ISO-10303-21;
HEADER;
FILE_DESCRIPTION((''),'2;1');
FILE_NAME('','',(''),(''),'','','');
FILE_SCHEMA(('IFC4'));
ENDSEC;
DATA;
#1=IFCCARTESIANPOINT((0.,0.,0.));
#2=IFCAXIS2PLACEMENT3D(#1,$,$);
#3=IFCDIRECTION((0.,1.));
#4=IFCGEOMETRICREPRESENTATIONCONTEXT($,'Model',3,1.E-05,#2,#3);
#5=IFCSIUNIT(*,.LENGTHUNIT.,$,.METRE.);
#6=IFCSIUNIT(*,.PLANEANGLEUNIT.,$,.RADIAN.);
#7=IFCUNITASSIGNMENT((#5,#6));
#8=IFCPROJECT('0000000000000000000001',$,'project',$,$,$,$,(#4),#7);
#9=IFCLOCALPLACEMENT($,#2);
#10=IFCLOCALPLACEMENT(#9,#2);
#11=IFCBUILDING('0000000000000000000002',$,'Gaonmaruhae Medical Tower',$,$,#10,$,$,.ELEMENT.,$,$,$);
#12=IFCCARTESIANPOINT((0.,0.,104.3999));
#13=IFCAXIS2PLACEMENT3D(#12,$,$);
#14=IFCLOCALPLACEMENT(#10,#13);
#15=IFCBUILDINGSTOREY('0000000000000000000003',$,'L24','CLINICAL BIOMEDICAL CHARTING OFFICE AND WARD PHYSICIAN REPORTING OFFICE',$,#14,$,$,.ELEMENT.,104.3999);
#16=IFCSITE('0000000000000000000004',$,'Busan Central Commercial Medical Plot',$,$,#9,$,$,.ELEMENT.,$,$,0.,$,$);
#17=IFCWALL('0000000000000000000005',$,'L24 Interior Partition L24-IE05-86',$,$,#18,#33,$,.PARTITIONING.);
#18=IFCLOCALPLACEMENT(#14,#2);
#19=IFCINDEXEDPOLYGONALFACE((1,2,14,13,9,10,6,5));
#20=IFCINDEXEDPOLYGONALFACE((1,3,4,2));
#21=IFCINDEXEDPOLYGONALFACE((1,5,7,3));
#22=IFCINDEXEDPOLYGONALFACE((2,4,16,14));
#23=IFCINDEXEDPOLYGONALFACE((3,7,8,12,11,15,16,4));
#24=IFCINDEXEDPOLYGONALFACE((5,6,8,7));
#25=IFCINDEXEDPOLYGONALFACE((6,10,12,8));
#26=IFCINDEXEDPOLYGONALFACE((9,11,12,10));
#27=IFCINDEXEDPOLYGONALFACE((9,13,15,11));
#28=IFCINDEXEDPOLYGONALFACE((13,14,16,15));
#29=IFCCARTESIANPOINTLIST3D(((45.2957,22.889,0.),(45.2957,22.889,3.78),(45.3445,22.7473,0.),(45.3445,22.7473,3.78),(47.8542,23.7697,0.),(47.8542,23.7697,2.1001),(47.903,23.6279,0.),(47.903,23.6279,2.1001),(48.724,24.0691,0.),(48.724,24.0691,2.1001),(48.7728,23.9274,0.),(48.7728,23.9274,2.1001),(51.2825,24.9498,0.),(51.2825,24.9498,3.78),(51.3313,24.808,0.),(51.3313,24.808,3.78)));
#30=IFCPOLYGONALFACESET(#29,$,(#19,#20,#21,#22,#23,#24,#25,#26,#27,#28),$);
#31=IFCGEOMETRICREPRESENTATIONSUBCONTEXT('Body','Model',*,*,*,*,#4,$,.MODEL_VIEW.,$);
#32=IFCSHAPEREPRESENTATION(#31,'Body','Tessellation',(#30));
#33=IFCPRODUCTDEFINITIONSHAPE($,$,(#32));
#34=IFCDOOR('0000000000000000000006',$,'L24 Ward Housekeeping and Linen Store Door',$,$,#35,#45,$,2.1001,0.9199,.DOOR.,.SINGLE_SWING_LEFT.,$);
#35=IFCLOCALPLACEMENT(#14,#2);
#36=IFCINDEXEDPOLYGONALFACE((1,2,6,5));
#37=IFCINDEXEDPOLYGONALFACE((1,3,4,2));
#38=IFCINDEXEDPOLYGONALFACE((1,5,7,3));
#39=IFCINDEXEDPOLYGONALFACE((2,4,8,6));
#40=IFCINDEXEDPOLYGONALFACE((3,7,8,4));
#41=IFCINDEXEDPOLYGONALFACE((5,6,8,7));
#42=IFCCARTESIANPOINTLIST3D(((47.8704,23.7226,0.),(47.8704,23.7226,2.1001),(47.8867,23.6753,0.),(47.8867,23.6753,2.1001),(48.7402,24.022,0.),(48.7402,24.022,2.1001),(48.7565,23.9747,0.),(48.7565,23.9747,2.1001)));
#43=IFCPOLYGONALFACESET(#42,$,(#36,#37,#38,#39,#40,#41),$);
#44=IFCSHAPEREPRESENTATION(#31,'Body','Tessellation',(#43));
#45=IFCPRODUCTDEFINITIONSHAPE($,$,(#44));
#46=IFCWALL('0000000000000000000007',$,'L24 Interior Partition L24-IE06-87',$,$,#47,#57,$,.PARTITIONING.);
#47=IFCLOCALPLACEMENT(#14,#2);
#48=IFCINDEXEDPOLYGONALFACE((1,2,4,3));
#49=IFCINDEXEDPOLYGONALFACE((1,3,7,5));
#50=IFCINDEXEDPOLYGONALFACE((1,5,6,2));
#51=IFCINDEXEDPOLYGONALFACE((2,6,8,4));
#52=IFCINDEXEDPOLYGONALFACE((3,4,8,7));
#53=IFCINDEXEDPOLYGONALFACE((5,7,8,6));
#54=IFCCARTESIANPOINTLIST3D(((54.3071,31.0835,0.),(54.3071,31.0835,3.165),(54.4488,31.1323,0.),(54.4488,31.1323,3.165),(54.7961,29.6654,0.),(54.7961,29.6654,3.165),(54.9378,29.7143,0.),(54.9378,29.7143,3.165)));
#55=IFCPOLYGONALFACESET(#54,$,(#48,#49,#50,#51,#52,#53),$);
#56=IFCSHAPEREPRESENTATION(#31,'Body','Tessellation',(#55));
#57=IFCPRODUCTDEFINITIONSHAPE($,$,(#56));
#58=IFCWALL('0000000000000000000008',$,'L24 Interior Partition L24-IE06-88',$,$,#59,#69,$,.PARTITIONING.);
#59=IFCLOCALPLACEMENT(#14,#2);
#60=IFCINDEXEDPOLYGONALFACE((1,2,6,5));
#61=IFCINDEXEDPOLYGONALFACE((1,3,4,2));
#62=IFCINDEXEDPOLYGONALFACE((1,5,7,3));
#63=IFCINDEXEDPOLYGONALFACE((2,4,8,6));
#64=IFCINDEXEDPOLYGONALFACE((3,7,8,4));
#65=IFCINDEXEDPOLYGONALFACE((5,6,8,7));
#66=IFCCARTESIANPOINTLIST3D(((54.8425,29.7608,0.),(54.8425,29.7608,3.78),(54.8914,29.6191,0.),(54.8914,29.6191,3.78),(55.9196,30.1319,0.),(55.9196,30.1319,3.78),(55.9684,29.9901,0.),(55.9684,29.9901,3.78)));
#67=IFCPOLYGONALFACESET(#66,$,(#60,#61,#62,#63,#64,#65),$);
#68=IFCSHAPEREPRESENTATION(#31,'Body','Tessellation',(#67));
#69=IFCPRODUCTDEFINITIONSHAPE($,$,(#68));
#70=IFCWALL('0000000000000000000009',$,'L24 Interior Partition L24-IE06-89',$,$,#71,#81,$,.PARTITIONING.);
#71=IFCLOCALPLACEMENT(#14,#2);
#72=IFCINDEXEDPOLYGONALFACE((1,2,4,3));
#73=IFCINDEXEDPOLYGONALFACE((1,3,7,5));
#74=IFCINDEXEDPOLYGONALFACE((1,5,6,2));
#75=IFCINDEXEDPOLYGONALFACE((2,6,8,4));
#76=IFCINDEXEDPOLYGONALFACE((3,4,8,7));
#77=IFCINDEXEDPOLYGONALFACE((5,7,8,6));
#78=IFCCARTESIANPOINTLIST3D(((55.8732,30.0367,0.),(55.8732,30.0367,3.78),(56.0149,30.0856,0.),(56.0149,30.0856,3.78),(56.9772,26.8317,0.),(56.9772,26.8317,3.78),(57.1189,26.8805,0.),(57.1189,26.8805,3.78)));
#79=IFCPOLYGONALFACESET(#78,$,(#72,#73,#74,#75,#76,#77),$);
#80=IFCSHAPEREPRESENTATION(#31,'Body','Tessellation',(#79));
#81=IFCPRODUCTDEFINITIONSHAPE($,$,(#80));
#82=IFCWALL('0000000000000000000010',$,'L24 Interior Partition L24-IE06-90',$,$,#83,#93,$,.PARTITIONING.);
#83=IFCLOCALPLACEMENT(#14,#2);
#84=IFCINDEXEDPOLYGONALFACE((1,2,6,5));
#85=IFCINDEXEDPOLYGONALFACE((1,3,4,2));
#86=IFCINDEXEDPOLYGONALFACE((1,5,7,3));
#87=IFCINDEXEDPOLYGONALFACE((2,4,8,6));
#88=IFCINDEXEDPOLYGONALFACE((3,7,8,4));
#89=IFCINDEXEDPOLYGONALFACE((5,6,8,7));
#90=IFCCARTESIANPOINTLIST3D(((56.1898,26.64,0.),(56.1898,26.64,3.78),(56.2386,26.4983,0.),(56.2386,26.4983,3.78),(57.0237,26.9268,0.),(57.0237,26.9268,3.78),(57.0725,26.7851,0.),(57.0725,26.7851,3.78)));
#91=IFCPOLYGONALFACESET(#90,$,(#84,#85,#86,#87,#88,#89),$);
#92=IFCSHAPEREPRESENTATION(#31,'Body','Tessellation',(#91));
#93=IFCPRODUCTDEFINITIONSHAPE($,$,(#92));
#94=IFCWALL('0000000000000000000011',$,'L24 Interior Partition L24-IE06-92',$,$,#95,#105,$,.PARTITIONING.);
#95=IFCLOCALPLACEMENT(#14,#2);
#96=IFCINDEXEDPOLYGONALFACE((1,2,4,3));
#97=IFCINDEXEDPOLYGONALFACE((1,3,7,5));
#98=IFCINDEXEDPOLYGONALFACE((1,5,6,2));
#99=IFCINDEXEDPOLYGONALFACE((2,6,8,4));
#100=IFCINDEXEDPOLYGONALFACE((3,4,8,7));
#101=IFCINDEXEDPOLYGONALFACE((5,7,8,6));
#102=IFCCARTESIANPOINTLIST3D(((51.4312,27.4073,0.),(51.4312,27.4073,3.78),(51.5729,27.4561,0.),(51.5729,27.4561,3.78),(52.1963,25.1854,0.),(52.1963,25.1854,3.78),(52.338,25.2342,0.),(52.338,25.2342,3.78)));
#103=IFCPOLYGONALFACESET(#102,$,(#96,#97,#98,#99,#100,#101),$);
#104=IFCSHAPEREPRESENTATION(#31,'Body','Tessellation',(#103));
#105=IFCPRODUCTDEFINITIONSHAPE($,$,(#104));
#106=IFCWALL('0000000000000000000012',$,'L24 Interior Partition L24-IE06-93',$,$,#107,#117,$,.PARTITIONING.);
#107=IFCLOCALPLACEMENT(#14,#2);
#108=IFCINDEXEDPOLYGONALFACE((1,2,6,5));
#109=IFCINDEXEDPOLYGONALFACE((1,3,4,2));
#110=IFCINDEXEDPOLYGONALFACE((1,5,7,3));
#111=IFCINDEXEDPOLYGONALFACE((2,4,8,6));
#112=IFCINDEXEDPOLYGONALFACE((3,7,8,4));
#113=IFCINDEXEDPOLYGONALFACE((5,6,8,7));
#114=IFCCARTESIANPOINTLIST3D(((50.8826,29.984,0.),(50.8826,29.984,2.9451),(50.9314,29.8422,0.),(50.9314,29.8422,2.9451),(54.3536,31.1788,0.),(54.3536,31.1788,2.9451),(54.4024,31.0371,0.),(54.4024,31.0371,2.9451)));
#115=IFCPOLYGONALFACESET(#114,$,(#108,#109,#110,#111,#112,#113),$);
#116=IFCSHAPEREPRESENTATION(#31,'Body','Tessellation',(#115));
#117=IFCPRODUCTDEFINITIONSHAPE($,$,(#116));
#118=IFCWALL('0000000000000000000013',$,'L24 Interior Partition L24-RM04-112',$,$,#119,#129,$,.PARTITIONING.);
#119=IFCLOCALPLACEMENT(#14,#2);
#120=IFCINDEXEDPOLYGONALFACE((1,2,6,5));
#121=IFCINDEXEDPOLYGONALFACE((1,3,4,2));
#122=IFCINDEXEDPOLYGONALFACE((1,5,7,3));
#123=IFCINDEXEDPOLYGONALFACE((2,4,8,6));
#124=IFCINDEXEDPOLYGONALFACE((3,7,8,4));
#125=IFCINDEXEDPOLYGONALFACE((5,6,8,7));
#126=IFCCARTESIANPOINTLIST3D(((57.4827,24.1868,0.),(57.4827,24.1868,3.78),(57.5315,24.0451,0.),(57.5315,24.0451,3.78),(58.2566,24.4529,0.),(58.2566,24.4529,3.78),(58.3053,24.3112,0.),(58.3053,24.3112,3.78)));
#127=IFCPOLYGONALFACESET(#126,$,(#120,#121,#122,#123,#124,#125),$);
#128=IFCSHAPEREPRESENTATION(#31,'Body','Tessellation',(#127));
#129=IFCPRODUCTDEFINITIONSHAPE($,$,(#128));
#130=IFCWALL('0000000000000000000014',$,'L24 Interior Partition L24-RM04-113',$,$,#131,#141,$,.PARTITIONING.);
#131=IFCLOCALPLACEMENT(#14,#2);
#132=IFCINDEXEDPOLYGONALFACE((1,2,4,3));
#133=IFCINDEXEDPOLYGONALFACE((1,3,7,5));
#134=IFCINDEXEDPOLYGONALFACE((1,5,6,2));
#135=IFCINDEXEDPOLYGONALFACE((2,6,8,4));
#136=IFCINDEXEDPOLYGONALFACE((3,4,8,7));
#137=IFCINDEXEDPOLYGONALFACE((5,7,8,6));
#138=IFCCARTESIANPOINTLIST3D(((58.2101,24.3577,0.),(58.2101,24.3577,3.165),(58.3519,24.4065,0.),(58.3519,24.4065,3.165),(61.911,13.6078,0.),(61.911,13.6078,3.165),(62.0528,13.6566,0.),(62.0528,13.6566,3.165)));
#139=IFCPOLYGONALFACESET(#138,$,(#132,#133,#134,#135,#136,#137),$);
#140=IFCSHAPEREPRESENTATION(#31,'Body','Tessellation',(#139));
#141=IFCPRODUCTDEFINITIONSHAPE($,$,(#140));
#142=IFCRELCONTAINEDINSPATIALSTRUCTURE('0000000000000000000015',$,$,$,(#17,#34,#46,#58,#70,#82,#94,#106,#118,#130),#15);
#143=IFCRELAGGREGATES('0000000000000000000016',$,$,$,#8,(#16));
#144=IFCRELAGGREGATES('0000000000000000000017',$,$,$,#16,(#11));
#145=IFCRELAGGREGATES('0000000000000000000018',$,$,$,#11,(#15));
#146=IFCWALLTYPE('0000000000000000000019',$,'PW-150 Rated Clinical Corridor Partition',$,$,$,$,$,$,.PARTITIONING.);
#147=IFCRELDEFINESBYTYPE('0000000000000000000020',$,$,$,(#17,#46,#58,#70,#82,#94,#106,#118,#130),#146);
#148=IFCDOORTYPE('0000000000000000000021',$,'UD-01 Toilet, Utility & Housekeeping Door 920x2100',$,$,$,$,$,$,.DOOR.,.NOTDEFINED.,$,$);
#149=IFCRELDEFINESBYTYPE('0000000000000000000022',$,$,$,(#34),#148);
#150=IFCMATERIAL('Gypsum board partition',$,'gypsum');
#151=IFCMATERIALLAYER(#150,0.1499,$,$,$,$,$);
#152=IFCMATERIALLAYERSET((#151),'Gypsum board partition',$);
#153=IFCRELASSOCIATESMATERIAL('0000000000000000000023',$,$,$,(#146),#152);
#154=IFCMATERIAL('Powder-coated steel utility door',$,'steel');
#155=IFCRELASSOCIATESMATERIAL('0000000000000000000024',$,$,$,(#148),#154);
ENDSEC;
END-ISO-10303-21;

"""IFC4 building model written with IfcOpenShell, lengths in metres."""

from ifc_helpers import new_model, si_unit, direction, frame, frame_2d, origin, place, context, subcontext, project, spatial, rectangle, extrude, material, layer, layer_set, type_object, element, fill, save


model = new_model("IFC4")

# Units and contexts
model_context = context("Model", 3, precision=1e-05, world=origin(), true_north=direction((0.0, 1.0)))
body_context = subcontext(model_context, "Body", "Model", "MODEL_VIEW")
ifc_project = project(units=[si_unit("LENGTHUNIT", "METRE"), si_unit("PLANEANGLEUNIT", "RADIAN")], contexts=[model_context])

# Site, building, storey
site_placement = place(None, origin())
site = spatial("IfcSite", under=ifc_project, at=site_placement, Name="Busan Central Commercial Medical Plot", CompositionType="ELEMENT", RefElevation=0.0)
building_placement = place(site_placement, origin())
building = spatial("IfcBuilding", under=site, at=building_placement, Name="Gaonmaruhae Medical Tower", CompositionType="ELEMENT")
storey_placement = place(building_placement, frame((0.0, 0.0, 104.3999)))
storey = spatial("IfcBuildingStorey", under=building, at=storey_placement, Name="L24", Description="CLINICAL BIOMEDICAL CHARTING OFFICE AND WARD PHYSICIAN REPORTING OFFICE", CompositionType="ELEMENT", Elevation=104.3999)

# Shared definitions
ifc_material_1 = material(Name="Gypsum board partition", Category="gypsum")
ifc_layer_1 = layer(ifc_material_1, 0.1499)
ifc_layer_set_1 = layer_set([ifc_layer_1], Name="Gypsum board partition")
wall_type_1 = type_object("IfcWallType", Name="PW-150 Rated Clinical Corridor Partition", PredefinedType="PARTITIONING", material=ifc_layer_set_1)

# Wall, opening, door
wall_1_placement = place(storey_placement, frame((51.3069, 24.8789, 0.0), z_axis=(0.0, 0.0, 1.0), x_axis=(-0.945549, -0.325478, 0.0)))
wall_1 = element("IfcWall", 1, at=wall_1_placement, inside=storey, type_object=wall_type_1, Name="L24 Interior Partition L24-IE05-86", PredefinedType="PARTITIONING", context=body_context, shape_type="SweptSolid", body=[
    extrude(rectangle(XDim=6.3315, YDim=0.1499, at=frame_2d((3.1658, 0.0))), origin(), (0.0, 0.0, 1.0), 3.78),
])
opening_1_placement = place(wall_1_placement, frame((2.7058, 0.0, 0.0)))
opening_1 = element("IfcOpeningElement", 2, at=opening_1_placement, cuts=wall_1, PredefinedType="OPENING", context=body_context, shape_type="SweptSolid", body=[
    extrude(rectangle(XDim=0.9199, YDim=2.1001, at=frame_2d((0.46, 1.05))), frame((0.0, 0.085, 0.0), z_axis=(0.0, -1.0, 0.0), x_axis=(1.0, 0.0, 0.0)), (0.0, 0.0, 1.0), 0.1699),
])
ifc_material_2 = material(Name="Powder-coated steel utility door", Category="steel")
door_type_1 = type_object("IfcDoorType", Name="UD-01 Toilet, Utility & Housekeeping Door 920x2100", OperationType="NOTDEFINED", PredefinedType="DOOR", material=ifc_material_2)
door_1_placement = place(opening_1_placement, origin())
door_1 = element("IfcDoor", 3, at=door_1_placement, inside=storey, type_object=door_type_1, Name="L24 Ward Housekeeping and Linen Store Door", OperationType="SINGLE_SWING_LEFT", OverallHeight=2.1001, OverallWidth=0.9199, PredefinedType="DOOR", context=body_context, shape_type="SweptSolid", body=[
    extrude(rectangle(XDim=0.9199, YDim=2.1001, at=frame_2d((0.46, 1.05))), frame((0.0, 0.0249, 0.0), z_axis=(0.0, -1.0, 0.0), x_axis=(1.0, 0.0, 0.0)), (0.0, 0.0, 1.0), 0.05),
])
fill(opening_1, door_1)

# Walls
wall_2_placement = place(storey_placement, frame((54.3779, 31.1079, 0.0), z_axis=(0.0, 0.0, 1.0), x_axis=(0.326026, -0.945361, 0.0)))
element("IfcWall", 4, at=wall_2_placement, inside=storey, type_object=wall_type_1, Name="L24 Interior Partition L24-IE06-87", PredefinedType="PARTITIONING", context=body_context, shape_type="SweptSolid", body=[
    extrude(rectangle(XDim=1.5, YDim=0.1499, at=frame_2d((0.75, 0.0))), origin(), (0.0, 0.0, 1.0), 3.165),
])
wall_3_placement = place(storey_placement, frame((54.8669, 29.6899, 0.0), z_axis=(0.0, 0.0, 1.0), x_axis=(0.945464, 0.325727, 0.0)))
element("IfcWall", 5, at=wall_3_placement, inside=storey, type_object=wall_type_1, Name="L24 Interior Partition L24-IE06-88", PredefinedType="PARTITIONING", context=body_context, shape_type="SweptSolid", body=[
    extrude(rectangle(XDim=1.1392, YDim=0.1499, at=frame_2d((0.5696, 0.0))), origin(), (0.0, 0.0, 1.0), 3.78),
])
wall_4_placement = place(storey_placement, frame((55.9441, 30.061, 0.0), z_axis=(0.0, 0.0, 1.0), x_axis=(0.325675, -0.945482, 0.0)))
element("IfcWall", 6, at=wall_4_placement, inside=storey, type_object=wall_type_1, Name="L24 Interior Partition L24-IE06-89", PredefinedType="PARTITIONING", context=body_context, shape_type="SweptSolid", body=[
    extrude(rectangle(XDim=3.3899, YDim=0.1499, at=frame_2d((1.6948, 0.0))), origin(), (0.0, 0.0, 1.0), 3.78),
])
wall_5_placement = place(storey_placement, frame((57.0481, 26.856, 0.0), z_axis=(0.0, 0.0, 1.0), x_axis=(-0.945623, -0.325265, 0.0)))
element("IfcWall", 7, at=wall_5_placement, inside=storey, type_object=wall_type_1, Name="L24 Interior Partition L24-IE06-90", PredefinedType="PARTITIONING", context=body_context, shape_type="SweptSolid", body=[
    extrude(rectangle(XDim=0.8818, YDim=0.1499, at=frame_2d((0.4409, 0.0))), origin(), (0.0, 0.0, 1.0), 3.78),
])

# Walls
wall_6_placement = place(storey_placement, frame((52.2671, 25.21, 0.0), z_axis=(0.0, 0.0, 1.0), x_axis=(-0.325594, 0.94551, 0.0)))
element("IfcWall", 8, at=wall_6_placement, inside=storey, type_object=wall_type_1, Name="L24 Interior Partition L24-IE06-92", PredefinedType="PARTITIONING", context=body_context, shape_type="SweptSolid", body=[
    extrude(rectangle(XDim=2.3499, YDim=0.1499, at=frame_2d((1.1748, 0.0))), origin(), (0.0, 0.0, 1.0), 3.78),
])
wall_7_placement = place(storey_placement, frame((50.907, 29.9131, 0.0), z_axis=(0.0, 0.0, 1.0), x_axis=(0.945545, 0.325491, 0.0)))
element("IfcWall", 9, at=wall_7_placement, inside=storey, type_object=wall_type_1, Name="L24 Interior Partition L24-IE06-93", PredefinedType="PARTITIONING", context=body_context, shape_type="SweptSolid", body=[
    extrude(rectangle(XDim=3.6709, YDim=0.1499, at=frame_2d((1.8354, 0.0))), origin(), (0.0, 0.0, 1.0), 2.9451),
])
wall_8_placement = place(storey_placement, frame((57.5071, 24.116, 0.0), z_axis=(0.0, 0.0, 1.0), x_axis=(0.945658, 0.325163, 0.0)))
element("IfcWall", 10, at=wall_8_placement, inside=storey, type_object=wall_type_1, Name="L24 Interior Partition L24-RM04-112", PredefinedType="PARTITIONING", context=body_context, shape_type="SweptSolid", body=[
    extrude(rectangle(XDim=0.8184, YDim=0.1499, at=frame_2d((0.4092, 0.0))), origin(), (0.0, 0.0, 1.0), 3.78),
])
wall_9_placement = place(storey_placement, frame((58.281, 24.3821, 0.0), z_axis=(0.0, 0.0, 1.0), x_axis=(0.325521, -0.945535, 0.0)))
element("IfcWall", 11, at=wall_9_placement, inside=storey, type_object=wall_type_1, Name="L24 Interior Partition L24-RM04-113", PredefinedType="PARTITIONING", context=body_context, shape_type="SweptSolid", body=[
    extrude(rectangle(XDim=11.3691, YDim=0.1499, at=frame_2d((5.6846, 0.0))), origin(), (0.0, 0.0, 1.0), 3.165),
])

save(model, "model.ifc")
